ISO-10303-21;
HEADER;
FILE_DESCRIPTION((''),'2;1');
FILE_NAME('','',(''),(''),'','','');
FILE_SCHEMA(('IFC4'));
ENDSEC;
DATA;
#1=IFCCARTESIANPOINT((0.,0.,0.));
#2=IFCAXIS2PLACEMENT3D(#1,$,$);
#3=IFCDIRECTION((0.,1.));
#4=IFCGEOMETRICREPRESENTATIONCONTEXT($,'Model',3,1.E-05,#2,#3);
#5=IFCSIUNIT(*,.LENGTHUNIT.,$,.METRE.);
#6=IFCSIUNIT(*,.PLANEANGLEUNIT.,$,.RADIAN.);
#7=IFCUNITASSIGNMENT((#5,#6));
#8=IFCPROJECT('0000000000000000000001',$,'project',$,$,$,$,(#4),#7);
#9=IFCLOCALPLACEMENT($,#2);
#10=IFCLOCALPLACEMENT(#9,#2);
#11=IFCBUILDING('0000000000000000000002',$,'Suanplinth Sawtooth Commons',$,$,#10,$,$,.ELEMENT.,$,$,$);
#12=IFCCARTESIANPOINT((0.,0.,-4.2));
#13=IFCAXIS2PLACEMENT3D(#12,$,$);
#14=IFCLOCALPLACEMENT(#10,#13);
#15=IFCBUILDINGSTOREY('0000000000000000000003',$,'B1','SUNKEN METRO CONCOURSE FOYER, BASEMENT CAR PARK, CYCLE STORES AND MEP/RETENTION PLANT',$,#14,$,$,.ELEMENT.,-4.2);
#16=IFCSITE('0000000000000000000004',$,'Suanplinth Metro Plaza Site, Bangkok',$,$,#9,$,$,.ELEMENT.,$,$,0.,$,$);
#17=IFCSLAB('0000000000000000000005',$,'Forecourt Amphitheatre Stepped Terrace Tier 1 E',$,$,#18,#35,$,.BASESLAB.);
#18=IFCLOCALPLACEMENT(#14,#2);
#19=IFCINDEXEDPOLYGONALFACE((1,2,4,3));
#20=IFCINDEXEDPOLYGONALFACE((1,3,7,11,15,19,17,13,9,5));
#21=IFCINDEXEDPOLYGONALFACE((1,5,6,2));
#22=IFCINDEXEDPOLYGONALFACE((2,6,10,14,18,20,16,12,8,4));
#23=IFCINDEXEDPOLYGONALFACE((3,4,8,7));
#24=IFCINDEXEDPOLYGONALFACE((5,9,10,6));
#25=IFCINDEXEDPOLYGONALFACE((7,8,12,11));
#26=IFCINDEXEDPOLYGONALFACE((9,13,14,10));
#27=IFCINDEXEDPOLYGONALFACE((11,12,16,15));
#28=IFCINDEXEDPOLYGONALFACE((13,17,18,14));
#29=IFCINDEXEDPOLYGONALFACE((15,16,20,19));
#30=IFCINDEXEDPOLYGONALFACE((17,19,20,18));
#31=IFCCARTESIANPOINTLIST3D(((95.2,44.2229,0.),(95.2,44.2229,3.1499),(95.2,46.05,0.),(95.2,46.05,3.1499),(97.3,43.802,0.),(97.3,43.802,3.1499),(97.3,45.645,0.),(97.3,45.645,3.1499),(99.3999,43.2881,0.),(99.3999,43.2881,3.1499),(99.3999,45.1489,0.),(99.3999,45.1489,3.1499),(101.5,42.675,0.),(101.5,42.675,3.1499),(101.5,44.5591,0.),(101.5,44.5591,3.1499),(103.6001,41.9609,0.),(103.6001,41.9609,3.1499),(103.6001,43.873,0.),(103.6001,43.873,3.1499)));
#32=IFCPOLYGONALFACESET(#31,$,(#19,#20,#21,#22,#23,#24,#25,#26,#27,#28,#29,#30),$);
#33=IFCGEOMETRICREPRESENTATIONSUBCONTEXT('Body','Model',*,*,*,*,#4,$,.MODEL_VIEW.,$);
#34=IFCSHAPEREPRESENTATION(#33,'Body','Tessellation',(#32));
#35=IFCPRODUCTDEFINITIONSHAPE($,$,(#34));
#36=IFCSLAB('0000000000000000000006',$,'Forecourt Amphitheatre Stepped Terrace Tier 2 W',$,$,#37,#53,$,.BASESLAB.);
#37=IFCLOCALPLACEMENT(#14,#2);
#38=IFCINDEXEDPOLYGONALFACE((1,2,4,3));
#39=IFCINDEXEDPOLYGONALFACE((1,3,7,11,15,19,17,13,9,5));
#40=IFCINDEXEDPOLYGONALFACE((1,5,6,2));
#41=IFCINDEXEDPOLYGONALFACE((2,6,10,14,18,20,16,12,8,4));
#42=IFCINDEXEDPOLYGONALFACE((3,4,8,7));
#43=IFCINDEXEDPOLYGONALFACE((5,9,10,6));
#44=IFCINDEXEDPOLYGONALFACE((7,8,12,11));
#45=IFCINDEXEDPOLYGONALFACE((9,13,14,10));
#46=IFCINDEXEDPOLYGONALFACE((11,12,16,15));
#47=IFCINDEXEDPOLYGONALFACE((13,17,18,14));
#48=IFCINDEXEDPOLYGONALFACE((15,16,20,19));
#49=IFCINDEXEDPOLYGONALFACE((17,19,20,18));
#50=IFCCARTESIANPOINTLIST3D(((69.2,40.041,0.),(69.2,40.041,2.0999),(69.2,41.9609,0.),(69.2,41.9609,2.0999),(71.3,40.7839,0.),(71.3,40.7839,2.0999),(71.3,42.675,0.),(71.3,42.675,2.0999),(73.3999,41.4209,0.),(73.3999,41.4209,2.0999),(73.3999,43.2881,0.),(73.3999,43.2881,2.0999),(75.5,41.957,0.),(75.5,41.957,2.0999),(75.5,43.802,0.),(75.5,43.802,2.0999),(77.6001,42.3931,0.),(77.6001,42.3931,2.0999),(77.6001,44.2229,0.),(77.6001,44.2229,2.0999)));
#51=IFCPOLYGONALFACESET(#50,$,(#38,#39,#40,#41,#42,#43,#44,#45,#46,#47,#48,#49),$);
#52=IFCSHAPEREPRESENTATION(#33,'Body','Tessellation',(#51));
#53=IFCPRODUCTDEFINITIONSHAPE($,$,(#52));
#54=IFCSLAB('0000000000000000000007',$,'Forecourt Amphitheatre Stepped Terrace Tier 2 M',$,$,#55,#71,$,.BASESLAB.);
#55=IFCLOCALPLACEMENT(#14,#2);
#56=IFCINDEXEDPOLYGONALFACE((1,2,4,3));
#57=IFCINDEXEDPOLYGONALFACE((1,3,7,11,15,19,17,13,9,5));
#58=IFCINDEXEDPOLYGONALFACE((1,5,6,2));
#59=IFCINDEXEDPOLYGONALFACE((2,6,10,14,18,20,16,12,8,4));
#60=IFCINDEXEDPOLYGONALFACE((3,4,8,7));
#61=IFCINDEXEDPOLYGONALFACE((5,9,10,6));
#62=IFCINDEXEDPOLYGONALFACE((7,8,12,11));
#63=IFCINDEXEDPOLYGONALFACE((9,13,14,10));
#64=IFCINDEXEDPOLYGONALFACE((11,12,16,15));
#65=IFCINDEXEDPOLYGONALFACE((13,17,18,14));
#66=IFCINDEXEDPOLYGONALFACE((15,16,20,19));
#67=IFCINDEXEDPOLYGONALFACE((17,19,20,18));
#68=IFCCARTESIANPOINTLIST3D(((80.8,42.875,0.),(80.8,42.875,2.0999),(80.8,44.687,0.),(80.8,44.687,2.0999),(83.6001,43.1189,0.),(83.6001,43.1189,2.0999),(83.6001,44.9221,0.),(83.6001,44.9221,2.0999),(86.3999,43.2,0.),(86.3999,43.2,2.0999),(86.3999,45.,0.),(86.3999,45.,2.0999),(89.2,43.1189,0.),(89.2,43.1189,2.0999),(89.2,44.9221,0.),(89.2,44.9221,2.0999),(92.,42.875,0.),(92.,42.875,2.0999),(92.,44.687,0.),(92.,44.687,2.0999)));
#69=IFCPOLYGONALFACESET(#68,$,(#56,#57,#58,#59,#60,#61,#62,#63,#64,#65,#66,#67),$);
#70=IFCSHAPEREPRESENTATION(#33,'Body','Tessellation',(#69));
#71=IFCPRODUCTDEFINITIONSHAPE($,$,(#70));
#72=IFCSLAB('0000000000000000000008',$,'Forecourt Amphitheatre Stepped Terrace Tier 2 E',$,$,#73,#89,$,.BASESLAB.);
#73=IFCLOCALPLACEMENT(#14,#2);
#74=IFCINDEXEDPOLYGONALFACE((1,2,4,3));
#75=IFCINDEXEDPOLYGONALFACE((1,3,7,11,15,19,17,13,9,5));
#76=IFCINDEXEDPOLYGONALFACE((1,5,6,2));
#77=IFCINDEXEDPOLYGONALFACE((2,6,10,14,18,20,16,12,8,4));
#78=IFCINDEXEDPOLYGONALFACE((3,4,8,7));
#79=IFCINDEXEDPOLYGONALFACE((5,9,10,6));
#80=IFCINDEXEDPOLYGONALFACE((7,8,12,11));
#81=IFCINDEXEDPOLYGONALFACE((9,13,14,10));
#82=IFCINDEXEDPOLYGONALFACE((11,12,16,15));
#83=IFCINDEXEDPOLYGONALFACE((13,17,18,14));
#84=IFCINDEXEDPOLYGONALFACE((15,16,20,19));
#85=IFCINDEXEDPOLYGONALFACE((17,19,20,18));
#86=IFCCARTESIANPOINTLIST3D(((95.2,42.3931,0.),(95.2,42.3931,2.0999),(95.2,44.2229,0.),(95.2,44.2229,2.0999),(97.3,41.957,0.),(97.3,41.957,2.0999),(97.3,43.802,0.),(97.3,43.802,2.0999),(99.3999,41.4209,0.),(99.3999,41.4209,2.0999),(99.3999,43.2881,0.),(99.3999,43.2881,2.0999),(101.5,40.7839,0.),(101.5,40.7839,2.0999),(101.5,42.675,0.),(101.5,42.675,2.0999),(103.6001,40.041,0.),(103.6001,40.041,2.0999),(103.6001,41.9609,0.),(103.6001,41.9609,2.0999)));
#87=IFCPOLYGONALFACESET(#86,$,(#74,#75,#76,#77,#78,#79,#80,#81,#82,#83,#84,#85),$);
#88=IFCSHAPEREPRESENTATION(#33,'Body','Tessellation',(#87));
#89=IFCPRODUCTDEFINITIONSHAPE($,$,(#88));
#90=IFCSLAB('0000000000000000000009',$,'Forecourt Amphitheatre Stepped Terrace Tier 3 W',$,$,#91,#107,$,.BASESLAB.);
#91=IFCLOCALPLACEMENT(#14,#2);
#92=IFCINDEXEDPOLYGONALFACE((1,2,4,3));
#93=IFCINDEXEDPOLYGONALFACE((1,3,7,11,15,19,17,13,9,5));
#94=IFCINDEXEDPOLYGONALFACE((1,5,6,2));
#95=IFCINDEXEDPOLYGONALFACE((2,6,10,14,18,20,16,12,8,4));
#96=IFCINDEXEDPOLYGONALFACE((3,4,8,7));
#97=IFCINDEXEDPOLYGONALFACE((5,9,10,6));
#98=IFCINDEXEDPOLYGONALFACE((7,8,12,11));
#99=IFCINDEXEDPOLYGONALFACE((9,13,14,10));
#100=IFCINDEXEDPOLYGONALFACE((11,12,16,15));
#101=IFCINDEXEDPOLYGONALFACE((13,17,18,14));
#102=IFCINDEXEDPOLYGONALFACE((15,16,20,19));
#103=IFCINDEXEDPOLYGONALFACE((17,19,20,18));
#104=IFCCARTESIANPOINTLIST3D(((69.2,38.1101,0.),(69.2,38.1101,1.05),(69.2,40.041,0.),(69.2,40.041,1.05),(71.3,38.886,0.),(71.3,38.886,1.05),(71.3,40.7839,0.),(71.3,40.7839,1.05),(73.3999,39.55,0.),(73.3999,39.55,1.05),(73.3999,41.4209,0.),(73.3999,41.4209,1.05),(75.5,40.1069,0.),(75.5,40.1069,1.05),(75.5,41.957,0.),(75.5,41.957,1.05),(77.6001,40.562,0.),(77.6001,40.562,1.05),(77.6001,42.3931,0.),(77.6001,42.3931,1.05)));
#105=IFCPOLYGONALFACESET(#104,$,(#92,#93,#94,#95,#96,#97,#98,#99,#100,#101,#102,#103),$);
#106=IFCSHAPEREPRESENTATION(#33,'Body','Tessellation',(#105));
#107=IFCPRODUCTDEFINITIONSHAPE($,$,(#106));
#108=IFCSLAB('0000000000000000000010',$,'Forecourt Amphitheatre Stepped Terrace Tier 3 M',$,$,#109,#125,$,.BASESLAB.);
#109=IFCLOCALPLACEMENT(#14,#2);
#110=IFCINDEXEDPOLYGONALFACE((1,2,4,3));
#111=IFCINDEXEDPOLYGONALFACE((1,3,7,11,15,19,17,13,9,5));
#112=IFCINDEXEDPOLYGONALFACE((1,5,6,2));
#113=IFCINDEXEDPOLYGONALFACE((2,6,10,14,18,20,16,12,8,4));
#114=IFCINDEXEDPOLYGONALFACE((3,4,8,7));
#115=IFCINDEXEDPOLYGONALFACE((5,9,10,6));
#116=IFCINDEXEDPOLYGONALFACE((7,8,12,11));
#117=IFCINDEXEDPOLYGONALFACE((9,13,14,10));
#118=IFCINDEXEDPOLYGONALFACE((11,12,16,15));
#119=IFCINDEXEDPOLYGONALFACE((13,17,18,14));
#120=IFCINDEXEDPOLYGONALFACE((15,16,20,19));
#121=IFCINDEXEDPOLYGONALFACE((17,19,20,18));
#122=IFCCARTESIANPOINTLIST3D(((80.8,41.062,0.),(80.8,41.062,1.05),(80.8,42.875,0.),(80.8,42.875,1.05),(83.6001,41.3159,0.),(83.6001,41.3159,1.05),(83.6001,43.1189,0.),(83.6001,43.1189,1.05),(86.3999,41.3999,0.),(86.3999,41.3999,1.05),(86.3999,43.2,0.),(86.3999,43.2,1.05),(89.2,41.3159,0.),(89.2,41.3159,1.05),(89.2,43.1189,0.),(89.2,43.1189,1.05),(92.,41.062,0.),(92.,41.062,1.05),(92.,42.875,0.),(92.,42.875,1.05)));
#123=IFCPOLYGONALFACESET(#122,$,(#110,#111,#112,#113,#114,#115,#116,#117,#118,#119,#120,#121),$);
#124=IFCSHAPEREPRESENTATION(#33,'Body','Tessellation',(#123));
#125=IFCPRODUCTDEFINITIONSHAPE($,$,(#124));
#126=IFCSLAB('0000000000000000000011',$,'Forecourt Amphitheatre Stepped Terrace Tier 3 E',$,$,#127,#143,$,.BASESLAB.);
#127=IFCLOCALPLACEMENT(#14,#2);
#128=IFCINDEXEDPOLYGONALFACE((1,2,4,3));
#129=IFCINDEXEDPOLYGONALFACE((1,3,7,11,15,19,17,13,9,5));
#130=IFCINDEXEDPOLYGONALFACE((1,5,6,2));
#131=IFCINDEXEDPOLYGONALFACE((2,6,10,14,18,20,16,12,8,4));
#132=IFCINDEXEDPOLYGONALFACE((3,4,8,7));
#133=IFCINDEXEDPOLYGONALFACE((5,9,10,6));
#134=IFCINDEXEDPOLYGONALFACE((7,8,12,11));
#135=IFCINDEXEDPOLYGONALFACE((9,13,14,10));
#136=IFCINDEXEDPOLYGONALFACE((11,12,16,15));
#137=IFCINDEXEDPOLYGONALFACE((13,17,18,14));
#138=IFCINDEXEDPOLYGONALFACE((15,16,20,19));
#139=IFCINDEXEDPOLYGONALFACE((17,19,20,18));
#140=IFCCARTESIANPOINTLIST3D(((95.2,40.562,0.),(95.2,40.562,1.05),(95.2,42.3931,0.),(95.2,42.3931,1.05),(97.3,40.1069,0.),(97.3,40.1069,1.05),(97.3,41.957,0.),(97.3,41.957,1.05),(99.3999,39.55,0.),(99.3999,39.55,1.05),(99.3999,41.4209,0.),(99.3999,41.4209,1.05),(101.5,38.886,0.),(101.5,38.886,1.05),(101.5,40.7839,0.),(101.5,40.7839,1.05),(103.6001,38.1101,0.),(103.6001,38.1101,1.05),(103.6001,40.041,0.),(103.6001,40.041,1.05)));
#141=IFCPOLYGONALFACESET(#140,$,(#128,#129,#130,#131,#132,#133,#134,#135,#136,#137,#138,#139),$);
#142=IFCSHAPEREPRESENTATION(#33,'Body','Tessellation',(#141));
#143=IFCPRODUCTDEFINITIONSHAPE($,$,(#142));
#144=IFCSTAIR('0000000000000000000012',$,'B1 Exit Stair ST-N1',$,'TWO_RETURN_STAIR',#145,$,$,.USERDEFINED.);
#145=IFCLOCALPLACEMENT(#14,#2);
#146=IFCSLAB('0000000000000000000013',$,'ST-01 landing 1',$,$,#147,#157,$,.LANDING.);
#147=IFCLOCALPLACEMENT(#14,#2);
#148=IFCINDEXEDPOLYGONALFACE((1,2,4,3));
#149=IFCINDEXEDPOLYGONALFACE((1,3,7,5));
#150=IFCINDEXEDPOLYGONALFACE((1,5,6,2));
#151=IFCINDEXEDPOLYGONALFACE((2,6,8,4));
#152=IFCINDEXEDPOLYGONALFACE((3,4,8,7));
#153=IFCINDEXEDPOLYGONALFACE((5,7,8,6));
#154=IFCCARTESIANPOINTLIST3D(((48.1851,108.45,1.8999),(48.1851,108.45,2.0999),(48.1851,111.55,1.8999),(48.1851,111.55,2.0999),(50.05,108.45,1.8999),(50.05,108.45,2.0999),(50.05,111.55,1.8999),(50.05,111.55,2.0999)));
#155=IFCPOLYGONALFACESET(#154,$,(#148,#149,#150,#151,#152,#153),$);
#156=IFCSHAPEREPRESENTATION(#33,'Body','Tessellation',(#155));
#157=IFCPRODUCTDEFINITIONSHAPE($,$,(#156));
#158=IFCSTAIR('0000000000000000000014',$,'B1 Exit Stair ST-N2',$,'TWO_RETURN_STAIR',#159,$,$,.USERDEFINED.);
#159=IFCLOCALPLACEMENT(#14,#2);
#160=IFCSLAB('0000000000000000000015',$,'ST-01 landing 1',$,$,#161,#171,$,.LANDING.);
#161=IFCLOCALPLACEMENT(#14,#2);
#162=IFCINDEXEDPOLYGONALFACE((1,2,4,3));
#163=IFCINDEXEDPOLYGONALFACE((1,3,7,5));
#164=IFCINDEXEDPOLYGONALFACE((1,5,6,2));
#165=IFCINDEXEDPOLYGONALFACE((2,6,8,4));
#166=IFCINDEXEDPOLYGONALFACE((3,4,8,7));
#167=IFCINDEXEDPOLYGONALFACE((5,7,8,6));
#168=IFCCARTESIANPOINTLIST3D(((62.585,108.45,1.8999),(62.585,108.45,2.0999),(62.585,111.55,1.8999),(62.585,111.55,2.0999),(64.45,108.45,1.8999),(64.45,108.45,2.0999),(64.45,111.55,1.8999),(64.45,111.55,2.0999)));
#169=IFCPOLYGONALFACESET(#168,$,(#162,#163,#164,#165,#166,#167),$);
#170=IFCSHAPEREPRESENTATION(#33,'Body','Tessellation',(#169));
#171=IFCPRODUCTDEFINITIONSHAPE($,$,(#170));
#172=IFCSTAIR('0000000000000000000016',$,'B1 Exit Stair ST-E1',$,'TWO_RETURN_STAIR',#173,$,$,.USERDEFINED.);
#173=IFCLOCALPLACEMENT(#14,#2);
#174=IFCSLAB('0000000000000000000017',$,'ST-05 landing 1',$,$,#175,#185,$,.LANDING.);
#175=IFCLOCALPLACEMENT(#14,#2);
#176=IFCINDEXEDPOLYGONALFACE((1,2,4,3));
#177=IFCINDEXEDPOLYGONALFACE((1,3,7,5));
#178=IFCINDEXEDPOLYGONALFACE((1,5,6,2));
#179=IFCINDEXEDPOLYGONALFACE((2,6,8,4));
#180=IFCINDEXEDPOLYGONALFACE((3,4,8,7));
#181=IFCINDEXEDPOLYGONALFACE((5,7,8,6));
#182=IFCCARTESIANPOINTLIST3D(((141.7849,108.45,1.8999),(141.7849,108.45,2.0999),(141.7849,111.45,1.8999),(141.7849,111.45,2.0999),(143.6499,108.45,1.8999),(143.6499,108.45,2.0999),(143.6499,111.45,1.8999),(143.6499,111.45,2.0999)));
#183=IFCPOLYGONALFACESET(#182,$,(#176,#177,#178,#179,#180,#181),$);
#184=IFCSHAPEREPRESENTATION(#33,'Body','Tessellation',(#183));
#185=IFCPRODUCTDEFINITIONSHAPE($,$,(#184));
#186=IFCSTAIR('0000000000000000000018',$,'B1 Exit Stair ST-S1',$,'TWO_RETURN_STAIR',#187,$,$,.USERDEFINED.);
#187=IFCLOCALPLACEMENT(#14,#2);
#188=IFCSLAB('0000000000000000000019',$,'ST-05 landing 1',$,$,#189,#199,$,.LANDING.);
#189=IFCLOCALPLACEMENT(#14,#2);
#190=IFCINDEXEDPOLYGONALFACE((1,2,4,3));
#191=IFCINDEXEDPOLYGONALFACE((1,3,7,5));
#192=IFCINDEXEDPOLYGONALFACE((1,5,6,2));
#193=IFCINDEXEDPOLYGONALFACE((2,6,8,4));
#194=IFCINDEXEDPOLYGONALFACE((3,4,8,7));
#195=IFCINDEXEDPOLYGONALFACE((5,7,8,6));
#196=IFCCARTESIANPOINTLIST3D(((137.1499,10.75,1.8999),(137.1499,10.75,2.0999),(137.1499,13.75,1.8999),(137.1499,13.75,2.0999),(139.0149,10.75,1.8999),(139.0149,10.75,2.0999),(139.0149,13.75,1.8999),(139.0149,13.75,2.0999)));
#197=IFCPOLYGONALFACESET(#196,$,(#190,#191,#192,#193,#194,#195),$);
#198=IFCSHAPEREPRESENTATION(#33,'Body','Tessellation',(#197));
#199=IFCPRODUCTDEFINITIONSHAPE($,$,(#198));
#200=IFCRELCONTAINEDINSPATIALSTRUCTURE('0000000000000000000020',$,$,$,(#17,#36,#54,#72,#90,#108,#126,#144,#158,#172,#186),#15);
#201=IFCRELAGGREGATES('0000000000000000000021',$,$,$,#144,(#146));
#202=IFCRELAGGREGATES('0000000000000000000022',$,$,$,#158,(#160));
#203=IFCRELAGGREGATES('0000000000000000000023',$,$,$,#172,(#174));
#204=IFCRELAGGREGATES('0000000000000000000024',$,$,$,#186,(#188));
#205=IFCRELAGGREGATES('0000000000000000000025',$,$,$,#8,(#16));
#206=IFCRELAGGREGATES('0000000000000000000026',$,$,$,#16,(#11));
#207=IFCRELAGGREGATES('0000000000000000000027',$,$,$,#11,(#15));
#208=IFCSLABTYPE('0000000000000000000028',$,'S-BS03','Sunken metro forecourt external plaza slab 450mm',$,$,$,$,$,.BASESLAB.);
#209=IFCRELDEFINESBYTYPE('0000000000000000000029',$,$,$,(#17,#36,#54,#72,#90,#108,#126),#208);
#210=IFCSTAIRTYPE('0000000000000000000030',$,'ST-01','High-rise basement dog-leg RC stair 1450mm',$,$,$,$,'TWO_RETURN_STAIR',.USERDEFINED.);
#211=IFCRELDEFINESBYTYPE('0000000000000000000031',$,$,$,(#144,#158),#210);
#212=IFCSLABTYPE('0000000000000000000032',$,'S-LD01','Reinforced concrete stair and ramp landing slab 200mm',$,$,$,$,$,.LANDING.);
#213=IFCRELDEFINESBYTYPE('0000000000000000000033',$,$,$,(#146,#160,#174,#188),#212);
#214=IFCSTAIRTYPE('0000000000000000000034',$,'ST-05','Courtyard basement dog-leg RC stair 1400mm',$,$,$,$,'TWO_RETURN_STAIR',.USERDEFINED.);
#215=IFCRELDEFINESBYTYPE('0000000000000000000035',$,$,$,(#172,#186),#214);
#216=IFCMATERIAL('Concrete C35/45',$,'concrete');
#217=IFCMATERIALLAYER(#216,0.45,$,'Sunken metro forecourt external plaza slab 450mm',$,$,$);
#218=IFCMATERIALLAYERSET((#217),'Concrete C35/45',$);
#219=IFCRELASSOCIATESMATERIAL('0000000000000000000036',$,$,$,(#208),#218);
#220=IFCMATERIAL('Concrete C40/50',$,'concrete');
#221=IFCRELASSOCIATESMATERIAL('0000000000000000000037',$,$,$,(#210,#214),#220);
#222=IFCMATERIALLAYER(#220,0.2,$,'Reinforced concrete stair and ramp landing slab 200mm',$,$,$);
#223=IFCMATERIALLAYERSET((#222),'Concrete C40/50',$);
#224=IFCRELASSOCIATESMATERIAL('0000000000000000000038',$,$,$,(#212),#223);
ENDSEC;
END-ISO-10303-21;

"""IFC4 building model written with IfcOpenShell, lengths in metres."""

from ifc_helpers import new_model, si_unit, direction, frame, origin, place, context, subcontext, project, spatial, polyline, outline, extrude, material, layer, layer_set, type_object, element, aggregate, save


model = new_model("IFC4")

# Units and contexts
model_context = context("Model", 3, precision=1e-05, world=origin(), true_north=direction((0.0, 1.0)))
body_context = subcontext(model_context, "Body", "Model", "MODEL_VIEW")
ifc_project = project(units=[si_unit("LENGTHUNIT", "METRE"), si_unit("PLANEANGLEUNIT", "RADIAN")], contexts=[model_context])

# Site, building, storey
site_placement = place(None, origin())
site = spatial("IfcSite", under=ifc_project, at=site_placement, Name="Suanplinth Metro Plaza Site, Bangkok", CompositionType="ELEMENT", RefElevation=0.0)
building_placement = place(site_placement, origin())
building = spatial("IfcBuilding", under=site, at=building_placement, Name="Suanplinth Sawtooth Commons", CompositionType="ELEMENT")
storey_placement = place(building_placement, frame((0.0, 0.0, -4.2)))
storey = spatial("IfcBuildingStorey", under=building, at=storey_placement, Name="B1", Description="SUNKEN METRO CONCOURSE FOYER, BASEMENT CAR PARK, CYCLE STORES AND MEP/RETENTION PLANT", CompositionType="ELEMENT", Elevation=-4.2)

# Shared definitions
ifc_material_1 = material(Name="Concrete C35/45", Category="concrete")

# Shared definitions
ifc_material_2 = material(Name="Concrete C40/50", Category="concrete")

# Slabs
ifc_layer_1 = layer(ifc_material_1, 0.45, Name="Sunken metro forecourt external plaza slab 450mm")
ifc_layer_set_1 = layer_set([ifc_layer_1], Name="Concrete C35/45")
slab_type_1 = type_object("IfcSlabType", Name="S-BS03", Description="Sunken metro forecourt external plaza slab 450mm", PredefinedType="BASESLAB", material=ifc_layer_set_1)
slab_1_placement = place(storey_placement, origin())
element("IfcSlab", 1, at=slab_1_placement, inside=storey, type_object=slab_type_1, Name="Forecourt Amphitheatre Stepped Terrace Tier 1 E", PredefinedType="BASESLAB", context=body_context, shape_type="SweptSolid", body=[
    extrude(outline(polyline([(95.2, 44.2229), (97.3, 43.802), (99.3999, 43.2881), (101.5, 42.675), (103.6001, 41.9609), (103.6001, 43.873), (101.5, 44.5591), (99.3999, 45.1489), (97.3, 45.645), (95.2, 46.05), (95.2, 44.2229)])), origin(), (0.0, 0.0, 1.0), 3.1499),
])
slab_2_placement = place(storey_placement, origin())
element("IfcSlab", 2, at=slab_2_placement, inside=storey, type_object=slab_type_1, Name="Forecourt Amphitheatre Stepped Terrace Tier 2 W", PredefinedType="BASESLAB", context=body_context, shape_type="SweptSolid", body=[
    extrude(outline(polyline([(69.2, 40.041), (71.3, 40.7839), (73.3999, 41.4209), (75.5, 41.957), (77.6001, 42.3931), (77.6001, 44.2229), (75.5, 43.802), (73.3999, 43.2881), (71.3, 42.675), (69.2, 41.9609), (69.2, 40.041)])), origin(), (0.0, 0.0, 1.0), 2.0999),
])
slab_3_placement = place(storey_placement, origin())
element("IfcSlab", 3, at=slab_3_placement, inside=storey, type_object=slab_type_1, Name="Forecourt Amphitheatre Stepped Terrace Tier 2 M", PredefinedType="BASESLAB", context=body_context, shape_type="SweptSolid", body=[
    extrude(outline(polyline([(80.8, 42.875), (83.6001, 43.1189), (86.3999, 43.2), (89.2, 43.1189), (92.0, 42.875), (92.0, 44.687), (89.2, 44.9221), (86.3999, 45.0), (83.6001, 44.9221), (80.8, 44.687), (80.8, 42.875)])), origin(), (0.0, 0.0, 1.0), 2.0999),
])
slab_4_placement = place(storey_placement, origin())
element("IfcSlab", 4, at=slab_4_placement, inside=storey, type_object=slab_type_1, Name="Forecourt Amphitheatre Stepped Terrace Tier 2 E", PredefinedType="BASESLAB", context=body_context, shape_type="SweptSolid", body=[
    extrude(outline(polyline([(95.2, 42.3931), (97.3, 41.957), (99.3999, 41.4209), (101.5, 40.7839), (103.6001, 40.041), (103.6001, 41.9609), (101.5, 42.675), (99.3999, 43.2881), (97.3, 43.802), (95.2, 44.2229), (95.2, 42.3931)])), origin(), (0.0, 0.0, 1.0), 2.0999),
])
slab_5_placement = place(storey_placement, origin())
element("IfcSlab", 5, at=slab_5_placement, inside=storey, type_object=slab_type_1, Name="Forecourt Amphitheatre Stepped Terrace Tier 3 W", PredefinedType="BASESLAB", context=body_context, shape_type="SweptSolid", body=[
    extrude(outline(polyline([(69.2, 38.1101), (71.3, 38.886), (73.3999, 39.55), (75.5, 40.1069), (77.6001, 40.562), (77.6001, 42.3931), (75.5, 41.957), (73.3999, 41.4209), (71.3, 40.7839), (69.2, 40.041), (69.2, 38.1101)])), origin(), (0.0, 0.0, 1.0), 1.05),
])
slab_6_placement = place(storey_placement, origin())
element("IfcSlab", 6, at=slab_6_placement, inside=storey, type_object=slab_type_1, Name="Forecourt Amphitheatre Stepped Terrace Tier 3 M", PredefinedType="BASESLAB", context=body_context, shape_type="SweptSolid", body=[
    extrude(outline(polyline([(80.8, 41.062), (83.6001, 41.3159), (86.3999, 41.3999), (89.2, 41.3159), (92.0, 41.062), (92.0, 42.875), (89.2, 43.1189), (86.3999, 43.2), (83.6001, 43.1189), (80.8, 42.875), (80.8, 41.062)])), origin(), (0.0, 0.0, 1.0), 1.05),
])
slab_7_placement = place(storey_placement, origin())
element("IfcSlab", 7, at=slab_7_placement, inside=storey, type_object=slab_type_1, Name="Forecourt Amphitheatre Stepped Terrace Tier 3 E", PredefinedType="BASESLAB", context=body_context, shape_type="SweptSolid", body=[
    extrude(outline(polyline([(95.2, 40.562), (97.3, 40.1069), (99.3999, 39.55), (101.5, 38.886), (103.6001, 38.1101), (103.6001, 40.041), (101.5, 40.7839), (99.3999, 41.4209), (97.3, 41.957), (95.2, 42.3931), (95.2, 40.562)])), origin(), (0.0, 0.0, 1.0), 1.05),
])

# Stairs, slabs
stair_type_1 = type_object("IfcStairType", Name="ST-01", Description="High-rise basement dog-leg RC stair 1450mm", ElementType="TWO_RETURN_STAIR", PredefinedType="USERDEFINED", material=ifc_material_2)
stair_1_placement = place(storey_placement, origin())
stair_1 = element("IfcStair", 8, at=stair_1_placement, inside=storey, type_object=stair_type_1, Name="B1 Exit Stair ST-N1", ObjectType="TWO_RETURN_STAIR", PredefinedType="USERDEFINED")
ifc_layer_2 = layer(ifc_material_2, 0.2, Name="Reinforced concrete stair and ramp landing slab 200mm")
ifc_layer_set_2 = layer_set([ifc_layer_2], Name="Concrete C40/50")
slab_type_2 = type_object("IfcSlabType", Name="S-LD01", Description="Reinforced concrete stair and ramp landing slab 200mm", PredefinedType="LANDING", material=ifc_layer_set_2)
slab_8_placement = place(storey_placement, frame((0.0, 0.0, 1.8999)))
slab_8 = element("IfcSlab", 9, at=slab_8_placement, type_object=slab_type_2, Name="ST-01 landing 1", PredefinedType="LANDING", context=body_context, shape_type="SweptSolid", body=[
    extrude(outline(polyline([(48.1851, 108.45), (50.05, 108.45), (50.05, 111.55), (48.1851, 111.55), (48.1851, 108.45)])), origin(), (0.0, 0.0, 1.0), 0.2),
])
aggregate(stair_1, [slab_8])
stair_2_placement = place(storey_placement, origin())
stair_2 = element("IfcStair", 10, at=stair_2_placement, inside=storey, type_object=stair_type_1, Name="B1 Exit Stair ST-N2", ObjectType="TWO_RETURN_STAIR", PredefinedType="USERDEFINED")
slab_9_placement = place(storey_placement, frame((0.0, 0.0, 1.8999)))
slab_9 = element("IfcSlab", 11, at=slab_9_placement, type_object=slab_type_2, Name="ST-01 landing 1", PredefinedType="LANDING", context=body_context, shape_type="SweptSolid", body=[
    extrude(outline(polyline([(62.585, 108.45), (64.45, 108.45), (64.45, 111.55), (62.585, 111.55), (62.585, 108.45)])), origin(), (0.0, 0.0, 1.0), 0.2),
])
aggregate(stair_2, [slab_9])
stair_type_2 = type_object("IfcStairType", Name="ST-05", Description="Courtyard basement dog-leg RC stair 1400mm", ElementType="TWO_RETURN_STAIR", PredefinedType="USERDEFINED", material=ifc_material_2)
stair_3_placement = place(storey_placement, origin())
stair_3 = element("IfcStair", 12, at=stair_3_placement, inside=storey, type_object=stair_type_2, Name="B1 Exit Stair ST-E1", ObjectType="TWO_RETURN_STAIR", PredefinedType="USERDEFINED")
slab_10_placement = place(storey_placement, frame((0.0, 0.0, 1.8999)))
slab_10 = element("IfcSlab", 13, at=slab_10_placement, type_object=slab_type_2, Name="ST-05 landing 1", PredefinedType="LANDING", context=body_context, shape_type="SweptSolid", body=[
    extrude(outline(polyline([(141.7849, 108.45), (143.6499, 108.45), (143.6499, 111.45), (141.7849, 111.45), (141.7849, 108.45)])), origin(), (0.0, 0.0, 1.0), 0.2),
])
aggregate(stair_3, [slab_10])
stair_4_placement = place(storey_placement, origin())
stair_4 = element("IfcStair", 14, at=stair_4_placement, inside=storey, type_object=stair_type_2, Name="B1 Exit Stair ST-S1", ObjectType="TWO_RETURN_STAIR", PredefinedType="USERDEFINED")
slab_11_placement = place(storey_placement, frame((0.0, 0.0, 1.8999)))
slab_11 = element("IfcSlab", 15, at=slab_11_placement, type_object=slab_type_2, Name="ST-05 landing 1", PredefinedType="LANDING", context=body_context, shape_type="SweptSolid", body=[
    extrude(outline(polyline([(139.0149, 13.75), (137.1499, 13.75), (137.1499, 10.75), (139.0149, 10.75), (139.0149, 13.75)])), origin(), (0.0, 0.0, 1.0), 0.2),
])
aggregate(stair_4, [slab_11])

save(model, "model.ifc")
